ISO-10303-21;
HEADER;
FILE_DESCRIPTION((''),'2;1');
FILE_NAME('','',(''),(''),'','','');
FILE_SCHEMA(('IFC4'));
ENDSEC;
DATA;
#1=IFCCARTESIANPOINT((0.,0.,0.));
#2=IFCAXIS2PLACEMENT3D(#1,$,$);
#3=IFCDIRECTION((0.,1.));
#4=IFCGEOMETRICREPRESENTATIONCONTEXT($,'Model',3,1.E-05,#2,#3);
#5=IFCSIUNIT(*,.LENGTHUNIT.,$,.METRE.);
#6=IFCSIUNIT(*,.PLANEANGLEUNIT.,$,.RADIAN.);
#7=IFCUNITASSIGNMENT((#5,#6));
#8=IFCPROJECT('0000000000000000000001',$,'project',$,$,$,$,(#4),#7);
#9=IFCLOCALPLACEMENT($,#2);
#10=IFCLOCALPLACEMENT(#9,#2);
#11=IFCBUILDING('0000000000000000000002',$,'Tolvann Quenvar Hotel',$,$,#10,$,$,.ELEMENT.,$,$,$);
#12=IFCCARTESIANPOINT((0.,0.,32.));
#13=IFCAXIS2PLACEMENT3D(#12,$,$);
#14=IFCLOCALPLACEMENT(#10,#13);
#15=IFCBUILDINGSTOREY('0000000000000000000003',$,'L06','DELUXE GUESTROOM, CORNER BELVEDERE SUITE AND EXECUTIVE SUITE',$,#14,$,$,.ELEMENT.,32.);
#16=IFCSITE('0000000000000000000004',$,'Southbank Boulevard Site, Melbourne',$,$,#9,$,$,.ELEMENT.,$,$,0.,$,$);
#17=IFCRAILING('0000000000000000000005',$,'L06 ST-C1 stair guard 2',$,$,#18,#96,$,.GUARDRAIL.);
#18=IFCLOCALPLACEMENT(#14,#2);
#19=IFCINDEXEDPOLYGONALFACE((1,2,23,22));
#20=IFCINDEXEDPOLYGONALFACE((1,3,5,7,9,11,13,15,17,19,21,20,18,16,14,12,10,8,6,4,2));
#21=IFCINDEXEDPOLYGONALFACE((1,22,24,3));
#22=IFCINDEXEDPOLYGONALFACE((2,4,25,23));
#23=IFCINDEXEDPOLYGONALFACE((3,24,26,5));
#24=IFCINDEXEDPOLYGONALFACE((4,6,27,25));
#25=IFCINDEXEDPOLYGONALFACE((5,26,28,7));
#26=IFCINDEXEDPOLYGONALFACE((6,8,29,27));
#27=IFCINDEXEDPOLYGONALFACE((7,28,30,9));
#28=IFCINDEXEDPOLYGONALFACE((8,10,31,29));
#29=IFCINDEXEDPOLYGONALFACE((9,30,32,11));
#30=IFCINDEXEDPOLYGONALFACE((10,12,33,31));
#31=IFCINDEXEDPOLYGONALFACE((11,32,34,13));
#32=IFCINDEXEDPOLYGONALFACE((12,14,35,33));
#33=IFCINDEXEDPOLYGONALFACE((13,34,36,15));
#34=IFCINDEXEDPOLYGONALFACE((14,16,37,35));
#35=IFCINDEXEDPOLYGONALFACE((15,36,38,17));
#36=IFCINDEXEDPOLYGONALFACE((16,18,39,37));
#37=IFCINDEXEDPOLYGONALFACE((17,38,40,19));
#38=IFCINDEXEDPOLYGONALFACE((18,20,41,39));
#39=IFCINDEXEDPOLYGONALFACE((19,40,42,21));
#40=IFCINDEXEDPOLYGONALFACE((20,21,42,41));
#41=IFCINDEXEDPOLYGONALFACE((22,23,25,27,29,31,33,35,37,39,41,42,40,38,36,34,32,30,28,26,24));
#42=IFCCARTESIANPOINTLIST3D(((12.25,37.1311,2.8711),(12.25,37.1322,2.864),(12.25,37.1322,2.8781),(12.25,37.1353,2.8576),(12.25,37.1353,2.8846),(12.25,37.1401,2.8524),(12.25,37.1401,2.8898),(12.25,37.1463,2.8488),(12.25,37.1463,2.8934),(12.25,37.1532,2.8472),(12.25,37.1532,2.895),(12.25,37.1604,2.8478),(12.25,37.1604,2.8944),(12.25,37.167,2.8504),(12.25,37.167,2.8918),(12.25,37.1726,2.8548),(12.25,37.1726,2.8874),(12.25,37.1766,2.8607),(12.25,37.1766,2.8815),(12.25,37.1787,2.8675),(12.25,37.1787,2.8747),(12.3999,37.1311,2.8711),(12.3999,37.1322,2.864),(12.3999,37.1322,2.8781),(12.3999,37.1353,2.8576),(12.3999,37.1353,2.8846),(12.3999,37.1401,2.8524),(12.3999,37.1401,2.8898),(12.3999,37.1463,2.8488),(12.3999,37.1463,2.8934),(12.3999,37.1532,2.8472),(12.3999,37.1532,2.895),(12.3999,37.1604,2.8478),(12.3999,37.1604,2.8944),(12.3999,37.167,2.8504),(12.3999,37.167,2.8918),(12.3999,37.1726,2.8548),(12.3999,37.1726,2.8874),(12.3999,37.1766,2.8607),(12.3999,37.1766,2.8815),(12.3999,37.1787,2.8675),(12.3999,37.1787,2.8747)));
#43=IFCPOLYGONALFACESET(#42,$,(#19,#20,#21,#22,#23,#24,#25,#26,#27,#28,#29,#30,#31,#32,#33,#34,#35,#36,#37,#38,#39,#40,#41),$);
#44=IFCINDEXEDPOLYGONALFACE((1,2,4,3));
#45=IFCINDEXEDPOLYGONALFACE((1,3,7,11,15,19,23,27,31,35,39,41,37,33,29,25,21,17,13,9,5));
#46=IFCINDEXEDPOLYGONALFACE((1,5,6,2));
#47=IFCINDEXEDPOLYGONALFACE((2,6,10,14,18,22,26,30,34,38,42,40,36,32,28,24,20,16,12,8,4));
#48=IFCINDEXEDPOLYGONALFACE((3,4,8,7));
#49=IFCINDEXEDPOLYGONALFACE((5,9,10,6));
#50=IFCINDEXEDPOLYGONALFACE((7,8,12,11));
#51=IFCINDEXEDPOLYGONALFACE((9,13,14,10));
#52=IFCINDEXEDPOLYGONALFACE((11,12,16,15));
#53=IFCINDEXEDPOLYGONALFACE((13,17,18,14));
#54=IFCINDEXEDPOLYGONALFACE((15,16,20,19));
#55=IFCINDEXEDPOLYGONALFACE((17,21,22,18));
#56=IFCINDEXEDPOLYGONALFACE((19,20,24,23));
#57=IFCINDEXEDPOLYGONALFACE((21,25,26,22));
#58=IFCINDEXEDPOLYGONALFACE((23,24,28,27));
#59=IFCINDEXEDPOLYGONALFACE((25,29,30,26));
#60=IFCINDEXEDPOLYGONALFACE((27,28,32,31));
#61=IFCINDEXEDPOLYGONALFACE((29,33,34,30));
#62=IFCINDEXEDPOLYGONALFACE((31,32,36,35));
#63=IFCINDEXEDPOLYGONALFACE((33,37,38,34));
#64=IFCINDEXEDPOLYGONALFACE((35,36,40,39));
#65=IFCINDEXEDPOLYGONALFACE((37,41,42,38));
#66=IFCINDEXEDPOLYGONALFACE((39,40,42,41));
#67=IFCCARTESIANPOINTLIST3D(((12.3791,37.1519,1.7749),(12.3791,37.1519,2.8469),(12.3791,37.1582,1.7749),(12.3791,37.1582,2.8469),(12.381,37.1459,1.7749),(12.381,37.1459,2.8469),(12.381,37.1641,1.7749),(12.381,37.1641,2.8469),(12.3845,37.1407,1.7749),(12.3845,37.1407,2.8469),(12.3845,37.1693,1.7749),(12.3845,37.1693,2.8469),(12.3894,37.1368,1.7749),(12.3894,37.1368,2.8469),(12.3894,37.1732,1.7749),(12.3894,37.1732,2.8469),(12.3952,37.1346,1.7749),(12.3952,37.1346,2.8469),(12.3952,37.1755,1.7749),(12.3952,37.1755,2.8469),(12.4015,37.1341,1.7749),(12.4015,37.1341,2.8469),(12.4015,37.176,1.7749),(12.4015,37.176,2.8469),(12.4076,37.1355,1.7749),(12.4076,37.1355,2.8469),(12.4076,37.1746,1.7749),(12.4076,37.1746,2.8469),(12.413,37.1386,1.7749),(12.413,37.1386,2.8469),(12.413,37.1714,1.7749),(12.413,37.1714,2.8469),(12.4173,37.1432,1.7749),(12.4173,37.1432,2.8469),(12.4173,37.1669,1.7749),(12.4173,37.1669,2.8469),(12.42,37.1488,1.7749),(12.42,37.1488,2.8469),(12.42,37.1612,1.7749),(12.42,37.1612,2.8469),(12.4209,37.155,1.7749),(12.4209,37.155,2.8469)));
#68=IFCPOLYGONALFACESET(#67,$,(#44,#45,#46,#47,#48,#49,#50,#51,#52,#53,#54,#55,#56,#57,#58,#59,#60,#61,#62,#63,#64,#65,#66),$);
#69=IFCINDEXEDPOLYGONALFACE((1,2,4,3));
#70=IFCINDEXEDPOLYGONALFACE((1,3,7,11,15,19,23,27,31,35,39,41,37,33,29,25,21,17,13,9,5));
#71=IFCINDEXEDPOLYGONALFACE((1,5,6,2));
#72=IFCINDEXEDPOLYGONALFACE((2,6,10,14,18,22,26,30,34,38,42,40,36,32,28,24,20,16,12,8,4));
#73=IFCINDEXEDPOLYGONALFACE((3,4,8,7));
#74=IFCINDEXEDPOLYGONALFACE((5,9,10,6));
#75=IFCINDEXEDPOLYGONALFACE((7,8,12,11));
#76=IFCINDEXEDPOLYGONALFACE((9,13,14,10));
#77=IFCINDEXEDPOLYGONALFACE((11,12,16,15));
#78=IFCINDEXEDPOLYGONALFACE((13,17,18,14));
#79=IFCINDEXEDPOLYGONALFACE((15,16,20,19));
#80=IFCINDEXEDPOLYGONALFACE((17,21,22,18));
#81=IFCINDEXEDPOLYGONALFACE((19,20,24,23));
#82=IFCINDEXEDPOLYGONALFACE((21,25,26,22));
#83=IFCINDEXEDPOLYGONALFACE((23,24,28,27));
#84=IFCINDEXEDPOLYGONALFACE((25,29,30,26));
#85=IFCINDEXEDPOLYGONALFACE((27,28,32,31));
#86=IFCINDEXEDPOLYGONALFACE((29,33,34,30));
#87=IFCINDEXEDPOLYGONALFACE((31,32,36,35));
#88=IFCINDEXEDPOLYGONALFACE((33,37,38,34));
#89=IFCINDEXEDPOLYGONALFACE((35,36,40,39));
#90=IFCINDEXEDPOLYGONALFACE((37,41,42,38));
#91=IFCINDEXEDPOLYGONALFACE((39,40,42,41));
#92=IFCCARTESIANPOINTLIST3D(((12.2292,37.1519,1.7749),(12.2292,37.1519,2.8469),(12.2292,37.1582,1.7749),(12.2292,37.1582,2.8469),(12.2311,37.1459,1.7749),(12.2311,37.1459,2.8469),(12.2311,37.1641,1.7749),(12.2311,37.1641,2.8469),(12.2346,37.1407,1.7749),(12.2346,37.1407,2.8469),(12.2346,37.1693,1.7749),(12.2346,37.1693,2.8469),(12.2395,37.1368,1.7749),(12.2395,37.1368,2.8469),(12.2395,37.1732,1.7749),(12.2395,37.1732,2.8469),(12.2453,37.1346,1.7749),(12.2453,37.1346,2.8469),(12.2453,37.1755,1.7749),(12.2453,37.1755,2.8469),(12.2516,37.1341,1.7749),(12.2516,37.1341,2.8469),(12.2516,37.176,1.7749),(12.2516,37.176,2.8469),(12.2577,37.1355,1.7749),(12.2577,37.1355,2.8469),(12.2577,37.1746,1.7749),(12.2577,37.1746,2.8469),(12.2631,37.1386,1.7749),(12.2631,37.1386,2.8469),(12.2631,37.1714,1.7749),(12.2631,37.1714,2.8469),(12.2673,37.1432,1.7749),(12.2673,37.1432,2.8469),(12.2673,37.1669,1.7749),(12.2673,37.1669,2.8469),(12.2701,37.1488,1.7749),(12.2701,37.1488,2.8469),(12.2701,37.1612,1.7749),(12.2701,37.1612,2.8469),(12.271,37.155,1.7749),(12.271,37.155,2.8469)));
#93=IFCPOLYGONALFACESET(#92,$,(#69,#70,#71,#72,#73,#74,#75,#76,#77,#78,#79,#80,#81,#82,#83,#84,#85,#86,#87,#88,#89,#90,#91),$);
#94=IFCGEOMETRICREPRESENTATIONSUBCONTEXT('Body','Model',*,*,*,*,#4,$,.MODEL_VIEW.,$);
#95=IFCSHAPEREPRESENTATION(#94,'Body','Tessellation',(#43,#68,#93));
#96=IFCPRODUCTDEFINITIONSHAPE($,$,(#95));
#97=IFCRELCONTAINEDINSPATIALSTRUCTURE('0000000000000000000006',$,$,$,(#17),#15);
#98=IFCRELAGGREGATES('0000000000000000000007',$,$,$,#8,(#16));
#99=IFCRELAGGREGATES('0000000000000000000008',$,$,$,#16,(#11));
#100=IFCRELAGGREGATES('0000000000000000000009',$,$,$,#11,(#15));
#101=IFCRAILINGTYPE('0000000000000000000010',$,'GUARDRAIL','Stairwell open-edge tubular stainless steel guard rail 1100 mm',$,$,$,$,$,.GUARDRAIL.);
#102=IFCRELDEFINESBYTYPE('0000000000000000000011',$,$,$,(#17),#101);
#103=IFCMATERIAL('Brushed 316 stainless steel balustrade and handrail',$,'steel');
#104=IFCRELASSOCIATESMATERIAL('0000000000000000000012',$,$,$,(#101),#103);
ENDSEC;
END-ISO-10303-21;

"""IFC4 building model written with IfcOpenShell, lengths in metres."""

from ifc_helpers import new_model, si_unit, direction, frame, origin, origin_2d, place, context, subcontext, project, spatial, circle, extrude, material, type_object, element, save


model = new_model("IFC4")

# Units and contexts
model_context = context("Model", 3, precision=1e-05, world=origin(), true_north=direction((0.0, 1.0)))
body_context = subcontext(model_context, "Body", "Model", "MODEL_VIEW")
ifc_project = project(units=[si_unit("LENGTHUNIT", "METRE"), si_unit("PLANEANGLEUNIT", "RADIAN")], contexts=[model_context])

# Site, building, storey
site_placement = place(None, origin())
site = spatial("IfcSite", under=ifc_project, at=site_placement, Name="Southbank Boulevard Site, Melbourne", CompositionType="ELEMENT", RefElevation=0.0)
building_placement = place(site_placement, origin())
building = spatial("IfcBuilding", under=site, at=building_placement, Name="Tolvann Quenvar Hotel", CompositionType="ELEMENT")
storey_placement = place(building_placement, frame((0.0, 0.0, 32.0)))
storey = spatial("IfcBuildingStorey", under=building, at=storey_placement, Name="L06", Description="DELUXE GUESTROOM, CORNER BELVEDERE SUITE AND EXECUTIVE SUITE", CompositionType="ELEMENT", Elevation=32.0)

# Railing
ifc_material_1 = material(Name="Brushed 316 stainless steel balustrade and handrail", Category="steel")
railing_type_1 = type_object("IfcRailingType", Name="GUARDRAIL", Description="Stairwell open-edge tubular stainless steel guard rail 1100 mm", PredefinedType="GUARDRAIL", material=ifc_material_1)
railing_1_placement = place(storey_placement, frame((12.3999, 37.155, 1.7749)))
element("IfcRailing", 1, at=railing_1_placement, inside=storey, type_object=railing_type_1, Name="L06 ST-C1 stair guard 2", PredefinedType="GUARDRAIL", context=body_context, shape_type="SweptSolid", body=[
    extrude(circle(Radius=0.0239, at=origin_2d()), frame((0.0, 0.0, 1.0962), z_axis=(-1.0, 0.0, 0.0), x_axis=(0.0, -1.0, 0.0)), (0.0, 0.0, 1.0), 0.1499),
    extrude(circle(Radius=0.021, at=origin_2d()), origin(), (0.0, 0.0, 1.0), 1.072),
    extrude(circle(Radius=0.021, at=origin_2d()), frame((-0.1499, 0.0, 0.0)), (0.0, 0.0, 1.0), 1.072),
])

save(model, "model.ifc")
